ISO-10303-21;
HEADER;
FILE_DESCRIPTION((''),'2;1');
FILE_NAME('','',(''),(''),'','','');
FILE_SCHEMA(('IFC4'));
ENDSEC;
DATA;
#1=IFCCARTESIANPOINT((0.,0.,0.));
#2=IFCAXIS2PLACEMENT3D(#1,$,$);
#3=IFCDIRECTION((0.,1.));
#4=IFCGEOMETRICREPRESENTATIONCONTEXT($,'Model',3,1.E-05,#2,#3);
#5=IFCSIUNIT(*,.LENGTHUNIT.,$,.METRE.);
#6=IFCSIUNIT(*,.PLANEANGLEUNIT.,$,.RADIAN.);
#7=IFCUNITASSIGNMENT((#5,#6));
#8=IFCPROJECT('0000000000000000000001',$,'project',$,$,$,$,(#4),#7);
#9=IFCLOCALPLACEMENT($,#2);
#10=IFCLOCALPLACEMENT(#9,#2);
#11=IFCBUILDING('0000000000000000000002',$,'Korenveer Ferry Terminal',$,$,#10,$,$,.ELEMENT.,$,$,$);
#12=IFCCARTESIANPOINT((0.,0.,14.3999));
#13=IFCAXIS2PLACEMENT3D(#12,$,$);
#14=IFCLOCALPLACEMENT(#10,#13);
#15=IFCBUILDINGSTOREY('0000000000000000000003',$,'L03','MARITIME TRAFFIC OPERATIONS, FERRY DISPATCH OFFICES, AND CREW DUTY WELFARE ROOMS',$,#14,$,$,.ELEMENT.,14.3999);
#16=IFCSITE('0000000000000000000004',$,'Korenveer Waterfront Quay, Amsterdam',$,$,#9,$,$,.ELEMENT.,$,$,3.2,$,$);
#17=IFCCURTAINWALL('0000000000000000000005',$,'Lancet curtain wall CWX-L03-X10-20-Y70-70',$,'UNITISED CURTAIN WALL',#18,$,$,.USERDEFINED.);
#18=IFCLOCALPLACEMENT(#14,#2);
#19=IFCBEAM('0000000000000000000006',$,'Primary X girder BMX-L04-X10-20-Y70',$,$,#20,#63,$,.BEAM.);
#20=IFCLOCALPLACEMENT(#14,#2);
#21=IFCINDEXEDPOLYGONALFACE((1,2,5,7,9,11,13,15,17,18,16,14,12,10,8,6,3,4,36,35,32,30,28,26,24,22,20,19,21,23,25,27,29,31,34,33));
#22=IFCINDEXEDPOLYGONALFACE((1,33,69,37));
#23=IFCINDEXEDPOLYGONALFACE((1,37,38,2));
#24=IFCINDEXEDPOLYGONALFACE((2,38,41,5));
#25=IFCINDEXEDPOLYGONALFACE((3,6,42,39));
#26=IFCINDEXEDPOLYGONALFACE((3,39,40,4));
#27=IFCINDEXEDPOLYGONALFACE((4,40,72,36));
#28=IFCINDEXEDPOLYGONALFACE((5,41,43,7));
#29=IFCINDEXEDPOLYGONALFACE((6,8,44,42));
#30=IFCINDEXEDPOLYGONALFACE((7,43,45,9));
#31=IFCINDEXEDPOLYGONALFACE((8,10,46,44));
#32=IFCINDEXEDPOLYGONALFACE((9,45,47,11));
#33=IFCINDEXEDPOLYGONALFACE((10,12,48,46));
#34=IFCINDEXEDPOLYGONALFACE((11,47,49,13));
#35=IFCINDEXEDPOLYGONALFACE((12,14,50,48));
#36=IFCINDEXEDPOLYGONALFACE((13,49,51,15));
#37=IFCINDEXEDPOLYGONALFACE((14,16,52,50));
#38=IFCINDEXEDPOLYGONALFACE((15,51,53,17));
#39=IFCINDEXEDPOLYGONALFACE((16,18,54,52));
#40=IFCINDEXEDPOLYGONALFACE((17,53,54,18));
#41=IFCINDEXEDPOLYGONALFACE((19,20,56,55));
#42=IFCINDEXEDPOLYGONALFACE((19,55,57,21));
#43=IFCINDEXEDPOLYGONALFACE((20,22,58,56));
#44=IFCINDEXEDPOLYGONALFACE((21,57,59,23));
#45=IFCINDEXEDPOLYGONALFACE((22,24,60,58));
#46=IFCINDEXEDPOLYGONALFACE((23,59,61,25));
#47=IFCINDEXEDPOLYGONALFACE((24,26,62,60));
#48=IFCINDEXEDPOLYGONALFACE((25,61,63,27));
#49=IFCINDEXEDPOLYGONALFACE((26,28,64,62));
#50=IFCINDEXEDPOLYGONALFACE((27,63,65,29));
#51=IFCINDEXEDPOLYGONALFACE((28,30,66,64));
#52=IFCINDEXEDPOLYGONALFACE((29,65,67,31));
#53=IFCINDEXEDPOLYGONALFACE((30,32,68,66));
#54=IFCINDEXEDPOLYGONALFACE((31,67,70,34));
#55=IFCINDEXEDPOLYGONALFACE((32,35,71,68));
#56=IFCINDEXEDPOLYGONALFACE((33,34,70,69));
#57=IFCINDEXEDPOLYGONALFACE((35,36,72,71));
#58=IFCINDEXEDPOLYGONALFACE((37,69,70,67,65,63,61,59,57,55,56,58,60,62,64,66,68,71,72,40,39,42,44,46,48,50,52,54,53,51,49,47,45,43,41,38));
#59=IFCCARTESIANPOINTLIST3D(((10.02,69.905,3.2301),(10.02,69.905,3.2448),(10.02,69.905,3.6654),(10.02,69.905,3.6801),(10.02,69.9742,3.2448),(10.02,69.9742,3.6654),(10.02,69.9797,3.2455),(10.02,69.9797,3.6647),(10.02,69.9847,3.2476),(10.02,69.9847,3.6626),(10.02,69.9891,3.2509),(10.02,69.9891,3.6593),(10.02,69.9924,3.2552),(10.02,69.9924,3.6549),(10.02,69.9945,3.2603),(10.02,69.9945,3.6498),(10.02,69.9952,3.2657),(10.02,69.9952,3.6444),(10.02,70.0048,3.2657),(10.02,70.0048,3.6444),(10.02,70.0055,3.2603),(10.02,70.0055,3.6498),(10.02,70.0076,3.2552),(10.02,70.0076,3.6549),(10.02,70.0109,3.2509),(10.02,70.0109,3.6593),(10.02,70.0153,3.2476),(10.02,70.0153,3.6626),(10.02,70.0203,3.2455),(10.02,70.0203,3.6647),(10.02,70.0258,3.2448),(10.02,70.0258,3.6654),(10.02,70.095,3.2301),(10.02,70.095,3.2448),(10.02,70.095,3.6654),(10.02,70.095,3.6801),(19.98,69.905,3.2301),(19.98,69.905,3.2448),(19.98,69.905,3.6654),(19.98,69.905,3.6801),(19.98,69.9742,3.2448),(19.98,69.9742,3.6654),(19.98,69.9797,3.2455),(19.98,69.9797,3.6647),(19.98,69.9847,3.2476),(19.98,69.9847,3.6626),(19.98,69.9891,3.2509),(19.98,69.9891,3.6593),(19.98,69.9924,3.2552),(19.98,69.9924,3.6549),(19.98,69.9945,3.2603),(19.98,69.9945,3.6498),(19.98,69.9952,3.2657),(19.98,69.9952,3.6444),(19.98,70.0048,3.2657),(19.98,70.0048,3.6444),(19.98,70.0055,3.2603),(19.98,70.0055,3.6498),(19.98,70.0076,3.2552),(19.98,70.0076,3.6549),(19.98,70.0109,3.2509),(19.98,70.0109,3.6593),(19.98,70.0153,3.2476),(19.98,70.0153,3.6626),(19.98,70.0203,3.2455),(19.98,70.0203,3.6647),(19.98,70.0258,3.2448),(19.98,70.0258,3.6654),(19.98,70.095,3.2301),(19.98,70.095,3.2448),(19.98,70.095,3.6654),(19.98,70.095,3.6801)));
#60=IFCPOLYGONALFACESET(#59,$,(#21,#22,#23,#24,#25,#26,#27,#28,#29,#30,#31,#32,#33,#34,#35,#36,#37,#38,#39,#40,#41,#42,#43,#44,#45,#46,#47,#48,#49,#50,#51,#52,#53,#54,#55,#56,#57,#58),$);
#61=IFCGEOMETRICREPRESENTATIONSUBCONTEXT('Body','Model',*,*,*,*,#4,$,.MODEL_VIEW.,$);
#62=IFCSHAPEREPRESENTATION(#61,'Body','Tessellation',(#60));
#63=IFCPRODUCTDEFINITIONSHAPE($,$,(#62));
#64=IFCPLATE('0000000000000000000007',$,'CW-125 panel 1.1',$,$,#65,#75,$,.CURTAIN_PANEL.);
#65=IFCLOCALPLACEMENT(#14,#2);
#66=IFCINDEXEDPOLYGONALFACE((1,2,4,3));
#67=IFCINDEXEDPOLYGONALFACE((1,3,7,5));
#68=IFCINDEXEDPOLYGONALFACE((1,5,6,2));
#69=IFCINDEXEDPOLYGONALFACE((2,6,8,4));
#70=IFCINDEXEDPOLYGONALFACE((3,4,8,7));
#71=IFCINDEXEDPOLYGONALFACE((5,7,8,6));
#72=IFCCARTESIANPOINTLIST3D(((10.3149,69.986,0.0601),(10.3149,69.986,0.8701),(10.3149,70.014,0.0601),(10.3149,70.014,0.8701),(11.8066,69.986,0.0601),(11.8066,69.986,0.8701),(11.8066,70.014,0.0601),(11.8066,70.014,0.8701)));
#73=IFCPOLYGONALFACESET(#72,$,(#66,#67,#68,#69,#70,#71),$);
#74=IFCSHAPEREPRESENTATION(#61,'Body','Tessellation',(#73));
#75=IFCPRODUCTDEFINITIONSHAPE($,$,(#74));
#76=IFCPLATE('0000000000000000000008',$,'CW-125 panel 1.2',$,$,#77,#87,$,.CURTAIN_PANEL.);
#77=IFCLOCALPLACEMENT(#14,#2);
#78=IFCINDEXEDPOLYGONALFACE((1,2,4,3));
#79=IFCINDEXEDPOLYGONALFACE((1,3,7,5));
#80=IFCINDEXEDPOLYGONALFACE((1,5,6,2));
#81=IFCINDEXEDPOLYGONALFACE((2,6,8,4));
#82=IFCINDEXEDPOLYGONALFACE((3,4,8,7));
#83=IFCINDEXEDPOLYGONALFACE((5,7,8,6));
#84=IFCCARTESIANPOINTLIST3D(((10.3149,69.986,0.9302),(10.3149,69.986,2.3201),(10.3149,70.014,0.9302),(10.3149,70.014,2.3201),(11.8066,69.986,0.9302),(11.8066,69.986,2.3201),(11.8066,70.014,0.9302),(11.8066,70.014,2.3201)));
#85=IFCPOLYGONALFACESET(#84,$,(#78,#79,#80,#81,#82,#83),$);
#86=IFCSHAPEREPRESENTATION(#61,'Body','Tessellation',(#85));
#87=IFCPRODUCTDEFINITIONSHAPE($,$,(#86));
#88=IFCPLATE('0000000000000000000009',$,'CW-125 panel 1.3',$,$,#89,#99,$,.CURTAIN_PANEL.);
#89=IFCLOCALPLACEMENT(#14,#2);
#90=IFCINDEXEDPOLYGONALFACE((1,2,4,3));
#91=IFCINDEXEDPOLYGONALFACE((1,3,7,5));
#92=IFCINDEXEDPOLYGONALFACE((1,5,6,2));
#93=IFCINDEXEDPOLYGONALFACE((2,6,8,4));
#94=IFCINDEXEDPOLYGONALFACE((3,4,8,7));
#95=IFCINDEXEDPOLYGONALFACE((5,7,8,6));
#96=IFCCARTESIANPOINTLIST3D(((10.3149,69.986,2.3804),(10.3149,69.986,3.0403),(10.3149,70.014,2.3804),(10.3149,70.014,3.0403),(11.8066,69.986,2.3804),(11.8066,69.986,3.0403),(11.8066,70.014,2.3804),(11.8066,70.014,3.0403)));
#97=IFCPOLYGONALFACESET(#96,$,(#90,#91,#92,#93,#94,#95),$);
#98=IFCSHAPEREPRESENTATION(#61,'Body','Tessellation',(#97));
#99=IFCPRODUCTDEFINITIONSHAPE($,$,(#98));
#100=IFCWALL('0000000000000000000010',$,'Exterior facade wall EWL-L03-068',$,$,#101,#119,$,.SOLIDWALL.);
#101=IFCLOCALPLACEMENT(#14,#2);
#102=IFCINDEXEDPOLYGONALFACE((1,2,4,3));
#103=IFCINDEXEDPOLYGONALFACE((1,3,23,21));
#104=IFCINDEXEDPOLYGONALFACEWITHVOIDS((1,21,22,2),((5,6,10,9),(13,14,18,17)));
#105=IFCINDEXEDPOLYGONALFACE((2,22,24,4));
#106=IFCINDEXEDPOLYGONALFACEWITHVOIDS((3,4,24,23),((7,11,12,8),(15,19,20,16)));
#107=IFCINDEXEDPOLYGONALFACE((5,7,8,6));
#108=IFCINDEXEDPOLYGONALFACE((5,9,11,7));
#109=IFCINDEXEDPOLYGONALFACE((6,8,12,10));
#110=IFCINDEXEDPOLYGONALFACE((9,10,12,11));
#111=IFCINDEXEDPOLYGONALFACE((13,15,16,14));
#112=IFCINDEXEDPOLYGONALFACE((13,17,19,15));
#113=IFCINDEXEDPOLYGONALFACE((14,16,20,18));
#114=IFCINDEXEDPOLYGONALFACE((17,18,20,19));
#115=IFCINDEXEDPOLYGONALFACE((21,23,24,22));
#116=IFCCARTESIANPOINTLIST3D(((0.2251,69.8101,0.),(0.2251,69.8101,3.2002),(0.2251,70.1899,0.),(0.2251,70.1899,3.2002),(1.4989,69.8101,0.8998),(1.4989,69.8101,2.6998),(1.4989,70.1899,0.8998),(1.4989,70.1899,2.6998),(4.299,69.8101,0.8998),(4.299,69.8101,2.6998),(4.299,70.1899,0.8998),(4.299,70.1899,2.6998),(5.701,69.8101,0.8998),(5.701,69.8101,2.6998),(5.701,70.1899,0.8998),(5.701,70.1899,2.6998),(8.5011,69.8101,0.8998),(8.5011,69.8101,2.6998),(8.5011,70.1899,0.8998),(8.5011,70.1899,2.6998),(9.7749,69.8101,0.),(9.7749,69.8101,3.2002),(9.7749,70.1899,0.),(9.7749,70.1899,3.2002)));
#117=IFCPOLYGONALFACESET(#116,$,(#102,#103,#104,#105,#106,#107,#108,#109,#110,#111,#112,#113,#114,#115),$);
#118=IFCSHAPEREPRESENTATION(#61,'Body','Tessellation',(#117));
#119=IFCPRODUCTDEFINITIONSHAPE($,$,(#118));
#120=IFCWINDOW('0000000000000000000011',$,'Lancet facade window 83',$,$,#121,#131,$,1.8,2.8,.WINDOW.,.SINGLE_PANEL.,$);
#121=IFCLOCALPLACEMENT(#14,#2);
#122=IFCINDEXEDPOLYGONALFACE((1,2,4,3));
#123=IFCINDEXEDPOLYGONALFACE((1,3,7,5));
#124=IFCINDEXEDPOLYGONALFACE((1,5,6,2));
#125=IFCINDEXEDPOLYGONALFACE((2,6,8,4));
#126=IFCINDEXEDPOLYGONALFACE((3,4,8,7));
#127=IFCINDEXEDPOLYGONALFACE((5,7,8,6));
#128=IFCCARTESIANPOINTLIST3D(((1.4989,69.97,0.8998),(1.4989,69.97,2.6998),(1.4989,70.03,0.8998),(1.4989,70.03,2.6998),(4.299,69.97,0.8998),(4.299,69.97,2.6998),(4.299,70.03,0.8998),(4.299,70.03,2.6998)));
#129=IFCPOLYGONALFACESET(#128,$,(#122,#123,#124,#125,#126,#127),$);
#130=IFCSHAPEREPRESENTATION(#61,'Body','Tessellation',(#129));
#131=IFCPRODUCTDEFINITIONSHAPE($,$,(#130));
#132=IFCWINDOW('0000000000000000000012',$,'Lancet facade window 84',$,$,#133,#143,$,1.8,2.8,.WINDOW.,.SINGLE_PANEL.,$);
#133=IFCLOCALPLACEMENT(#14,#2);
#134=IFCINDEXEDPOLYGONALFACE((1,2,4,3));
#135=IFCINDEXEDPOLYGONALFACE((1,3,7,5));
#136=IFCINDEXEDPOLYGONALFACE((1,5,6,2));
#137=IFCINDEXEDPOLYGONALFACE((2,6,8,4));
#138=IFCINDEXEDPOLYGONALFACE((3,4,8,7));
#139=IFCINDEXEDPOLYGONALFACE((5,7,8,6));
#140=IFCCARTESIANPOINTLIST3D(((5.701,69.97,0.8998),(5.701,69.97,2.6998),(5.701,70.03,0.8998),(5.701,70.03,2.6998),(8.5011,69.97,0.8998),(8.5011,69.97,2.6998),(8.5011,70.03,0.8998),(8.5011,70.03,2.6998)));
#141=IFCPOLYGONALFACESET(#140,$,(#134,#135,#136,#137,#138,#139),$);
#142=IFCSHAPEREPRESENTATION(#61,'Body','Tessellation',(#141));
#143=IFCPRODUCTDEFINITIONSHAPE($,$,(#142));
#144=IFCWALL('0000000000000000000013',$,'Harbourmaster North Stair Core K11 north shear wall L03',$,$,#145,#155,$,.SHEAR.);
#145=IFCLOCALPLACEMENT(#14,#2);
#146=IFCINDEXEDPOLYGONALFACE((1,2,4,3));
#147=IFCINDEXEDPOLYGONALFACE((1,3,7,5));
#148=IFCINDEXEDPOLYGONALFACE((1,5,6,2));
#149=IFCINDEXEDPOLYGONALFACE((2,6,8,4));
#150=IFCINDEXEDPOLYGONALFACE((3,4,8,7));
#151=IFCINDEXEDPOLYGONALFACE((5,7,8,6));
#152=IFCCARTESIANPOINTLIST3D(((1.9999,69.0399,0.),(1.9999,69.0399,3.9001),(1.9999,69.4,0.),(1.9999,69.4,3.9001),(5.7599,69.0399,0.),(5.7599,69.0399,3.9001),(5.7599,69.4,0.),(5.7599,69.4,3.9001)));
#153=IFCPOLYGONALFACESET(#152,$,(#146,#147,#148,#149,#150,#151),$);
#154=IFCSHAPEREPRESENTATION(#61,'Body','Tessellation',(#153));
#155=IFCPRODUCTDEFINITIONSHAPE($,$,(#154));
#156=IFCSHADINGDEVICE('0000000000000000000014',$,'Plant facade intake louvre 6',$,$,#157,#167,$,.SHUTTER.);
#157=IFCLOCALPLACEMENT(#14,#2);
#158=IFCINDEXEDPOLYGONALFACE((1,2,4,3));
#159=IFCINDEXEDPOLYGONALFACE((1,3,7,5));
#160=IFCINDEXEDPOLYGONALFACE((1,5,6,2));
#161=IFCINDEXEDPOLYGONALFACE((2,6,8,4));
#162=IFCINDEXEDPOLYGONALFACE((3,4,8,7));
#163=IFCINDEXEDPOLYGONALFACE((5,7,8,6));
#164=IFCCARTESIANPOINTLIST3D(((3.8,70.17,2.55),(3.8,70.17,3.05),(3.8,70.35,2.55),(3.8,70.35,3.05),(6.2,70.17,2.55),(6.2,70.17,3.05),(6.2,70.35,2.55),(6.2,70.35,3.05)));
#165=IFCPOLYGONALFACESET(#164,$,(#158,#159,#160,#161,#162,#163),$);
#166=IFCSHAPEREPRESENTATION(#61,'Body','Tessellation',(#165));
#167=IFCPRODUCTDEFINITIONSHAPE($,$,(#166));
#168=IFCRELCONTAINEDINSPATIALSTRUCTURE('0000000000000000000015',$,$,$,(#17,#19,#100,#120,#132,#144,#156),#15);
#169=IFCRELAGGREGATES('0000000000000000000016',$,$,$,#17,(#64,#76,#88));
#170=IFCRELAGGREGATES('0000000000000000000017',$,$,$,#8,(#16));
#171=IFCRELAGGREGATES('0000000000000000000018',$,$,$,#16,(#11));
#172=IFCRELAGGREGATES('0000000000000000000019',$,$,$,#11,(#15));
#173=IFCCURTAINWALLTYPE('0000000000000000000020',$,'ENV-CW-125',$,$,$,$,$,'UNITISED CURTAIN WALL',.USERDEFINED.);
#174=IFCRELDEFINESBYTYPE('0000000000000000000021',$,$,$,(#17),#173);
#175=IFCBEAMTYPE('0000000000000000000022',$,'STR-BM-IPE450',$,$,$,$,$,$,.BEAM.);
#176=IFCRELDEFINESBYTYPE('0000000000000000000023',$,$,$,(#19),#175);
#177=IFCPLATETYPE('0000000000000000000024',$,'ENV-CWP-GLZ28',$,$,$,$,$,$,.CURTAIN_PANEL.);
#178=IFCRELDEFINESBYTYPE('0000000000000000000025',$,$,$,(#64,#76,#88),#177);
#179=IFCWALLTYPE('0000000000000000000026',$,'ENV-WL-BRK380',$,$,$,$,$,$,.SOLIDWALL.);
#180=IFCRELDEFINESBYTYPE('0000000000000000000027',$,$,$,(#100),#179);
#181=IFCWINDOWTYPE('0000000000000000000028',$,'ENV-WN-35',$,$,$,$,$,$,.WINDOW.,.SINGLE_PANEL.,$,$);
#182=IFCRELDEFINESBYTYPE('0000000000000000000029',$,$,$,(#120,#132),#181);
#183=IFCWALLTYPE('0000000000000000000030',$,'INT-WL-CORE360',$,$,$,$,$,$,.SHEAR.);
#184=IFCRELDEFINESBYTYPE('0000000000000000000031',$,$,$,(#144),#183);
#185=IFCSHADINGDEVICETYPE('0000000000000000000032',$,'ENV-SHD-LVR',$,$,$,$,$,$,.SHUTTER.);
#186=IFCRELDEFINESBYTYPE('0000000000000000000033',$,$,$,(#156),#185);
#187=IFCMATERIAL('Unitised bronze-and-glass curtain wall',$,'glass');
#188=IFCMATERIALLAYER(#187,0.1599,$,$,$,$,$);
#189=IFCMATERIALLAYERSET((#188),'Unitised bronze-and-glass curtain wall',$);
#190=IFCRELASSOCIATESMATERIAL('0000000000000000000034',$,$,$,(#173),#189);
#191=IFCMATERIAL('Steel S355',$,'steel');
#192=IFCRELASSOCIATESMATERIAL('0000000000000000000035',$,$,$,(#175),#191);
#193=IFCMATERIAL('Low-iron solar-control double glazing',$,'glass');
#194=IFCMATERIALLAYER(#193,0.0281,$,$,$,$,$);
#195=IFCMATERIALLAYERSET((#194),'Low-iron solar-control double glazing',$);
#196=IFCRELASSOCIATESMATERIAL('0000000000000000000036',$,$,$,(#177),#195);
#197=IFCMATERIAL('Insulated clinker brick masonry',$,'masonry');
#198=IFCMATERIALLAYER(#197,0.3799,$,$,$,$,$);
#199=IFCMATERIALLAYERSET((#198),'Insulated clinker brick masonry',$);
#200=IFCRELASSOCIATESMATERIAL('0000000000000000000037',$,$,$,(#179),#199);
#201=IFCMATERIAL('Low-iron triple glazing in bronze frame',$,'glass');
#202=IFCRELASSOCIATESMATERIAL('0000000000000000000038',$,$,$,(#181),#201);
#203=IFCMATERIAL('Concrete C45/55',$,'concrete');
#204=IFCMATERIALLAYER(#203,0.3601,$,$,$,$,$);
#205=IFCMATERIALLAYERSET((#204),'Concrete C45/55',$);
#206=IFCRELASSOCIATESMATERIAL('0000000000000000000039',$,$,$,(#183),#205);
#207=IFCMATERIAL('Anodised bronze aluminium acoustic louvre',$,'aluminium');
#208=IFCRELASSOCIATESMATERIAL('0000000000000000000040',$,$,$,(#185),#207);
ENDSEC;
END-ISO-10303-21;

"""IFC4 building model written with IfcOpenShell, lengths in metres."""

from ifc_helpers import new_model, si_unit, direction, frame, frame_2d, origin, origin_2d, place, context, subcontext, project, spatial, rectangle, i_section, extrude, material, layer, layer_set, material_profile, profile_set, type_object, element, fill, aggregate, save


model = new_model("IFC4")

# Units and contexts
model_context = context("Model", 3, precision=1e-05, world=origin(), true_north=direction((0.0, 1.0)))
body_context = subcontext(model_context, "Body", "Model", "MODEL_VIEW")
ifc_project = project(units=[si_unit("LENGTHUNIT", "METRE"), si_unit("PLANEANGLEUNIT", "RADIAN")], contexts=[model_context])

# Site, building, storey
site_placement = place(None, origin())
site = spatial("IfcSite", under=ifc_project, at=site_placement, Name="Korenveer Waterfront Quay, Amsterdam", CompositionType="ELEMENT", RefElevation=3.2)
building_placement = place(site_placement, origin())
building = spatial("IfcBuilding", under=site, at=building_placement, Name="Korenveer Ferry Terminal", CompositionType="ELEMENT")
storey_placement = place(building_placement, frame((0.0, 0.0, 14.3999)))
storey = spatial("IfcBuildingStorey", under=building, at=storey_placement, Name="L03", Description="MARITIME TRAFFIC OPERATIONS, FERRY DISPATCH OFFICES, AND CREW DUTY WELFARE ROOMS", CompositionType="ELEMENT", Elevation=14.3999)

# Shared definitions
ifc_material_1 = material(Name="Concrete C45/55", Category="concrete")

# Curtain wall
ifc_material_2 = material(Name="Unitised bronze-and-glass curtain wall", Category="glass")
ifc_layer_1 = layer(ifc_material_2, 0.1599)
ifc_layer_set_1 = layer_set([ifc_layer_1], Name="Unitised bronze-and-glass curtain wall")
curtain_wall_type_1 = type_object("IfcCurtainWallType", Name="ENV-CW-125", ElementType="UNITISED CURTAIN WALL", PredefinedType="USERDEFINED", material=ifc_layer_set_1)
curtain_wall_1_placement = place(storey_placement, frame((10.2549, 70.0, 0.0)))
curtain_wall_1 = element("IfcCurtainWall", 1, at=curtain_wall_1_placement, inside=storey, type_object=curtain_wall_type_1, Name="Lancet curtain wall CWX-L03-X10-20-Y70-70", ObjectType="UNITISED CURTAIN WALL", PredefinedType="USERDEFINED")

# Beam
ifc_material_3 = material(Name="Steel S355", Category="steel")
ifc_material_profile_1 = material_profile(ifc_material_3, i_section(OverallWidth=0.1899, OverallDepth=0.45, WebThickness=0.0095, FlangeThickness=0.0146, FilletRadius=0.021, at=origin_2d()), Name="IPE 450")
ifc_profile_set_1 = profile_set([ifc_material_profile_1], Name="Steel S355")
beam_type = type_object("IfcBeamType", Name="STR-BM-IPE450", PredefinedType="BEAM", material=ifc_profile_set_1)
for number, where, z_axis, x_axis, name in (
    (2, (10.02, 70.0, 3.4551), (1.0, 0.0, 0.0), (0.0, 1.0, 0.0), "Primary X girder BMX-L04-X10-20-Y70"),
):
    element("IfcBeam", number, at=place(storey_placement, frame(where, z_axis=z_axis, x_axis=x_axis)), inside=storey, type_object=beam_type, Name=name, PredefinedType="BEAM", context=body_context, shape_type="SweptSolid", body=[
        extrude(i_section(OverallWidth=0.1899, OverallDepth=0.45, WebThickness=0.0095, FlangeThickness=0.0146, FilletRadius=0.021, at=origin_2d()), origin(), (0.0, 0.0, 1.0), 9.96),
    ])

# Plates
ifc_material_4 = material(Name="Low-iron solar-control double glazing", Category="glass")
ifc_layer_2 = layer(ifc_material_4, 0.0281)
ifc_layer_set_2 = layer_set([ifc_layer_2], Name="Low-iron solar-control double glazing")
plate_type = type_object("IfcPlateType", Name="ENV-CWP-GLZ28", PredefinedType="CURTAIN_PANEL", material=ifc_layer_set_2)
plate_1_placement = place(storey_placement, frame((11.0608, 70.0, 0.0601), z_axis=(0.0, 0.0, 1.0), x_axis=(1.0, 0.0, 0.0)))
plate_1 = element("IfcPlate", 3, at=plate_1_placement, type_object=plate_type, Name="CW-125 panel 1.1", PredefinedType="CURTAIN_PANEL", context=body_context, shape_type="SweptSolid", body=[
    extrude(rectangle(XDim=1.4917, YDim=0.0281, at=origin_2d()), origin(), (0.0, 0.0, 1.0), 0.8101),
])
plate_2_placement = place(storey_placement, frame((11.0608, 70.0, 0.9302), z_axis=(0.0, 0.0, 1.0), x_axis=(1.0, 0.0, 0.0)))
plate_2 = element("IfcPlate", 4, at=plate_2_placement, type_object=plate_type, Name="CW-125 panel 1.2", PredefinedType="CURTAIN_PANEL", context=body_context, shape_type="SweptSolid", body=[
    extrude(rectangle(XDim=1.4917, YDim=0.0281, at=origin_2d()), origin(), (0.0, 0.0, 1.0), 1.3899),
])
plate_3_placement = place(storey_placement, frame((11.0608, 70.0, 2.3804), z_axis=(0.0, 0.0, 1.0), x_axis=(1.0, 0.0, 0.0)))
plate_3 = element("IfcPlate", 5, at=plate_3_placement, type_object=plate_type, Name="CW-125 panel 1.3", PredefinedType="CURTAIN_PANEL", context=body_context, shape_type="SweptSolid", body=[
    extrude(rectangle(XDim=1.4917, YDim=0.0281, at=origin_2d()), origin(), (0.0, 0.0, 1.0), 0.6599),
])
aggregate(curtain_wall_1, [plate_1, plate_2, plate_3])

# Wall, openings, windows
ifc_material_5 = material(Name="Insulated clinker brick masonry", Category="masonry")
ifc_layer_3 = layer(ifc_material_5, 0.3799)
ifc_layer_set_3 = layer_set([ifc_layer_3], Name="Insulated clinker brick masonry")
wall_type_1 = type_object("IfcWallType", Name="ENV-WL-BRK380", PredefinedType="SOLIDWALL", material=ifc_layer_set_3)
wall_1_placement = place(storey_placement, frame((0.2251, 70.0, 0.0), z_axis=(0.0, 0.0, 1.0), x_axis=(1.0, 0.0, 0.0)))
wall_1 = element("IfcWall", 6, at=wall_1_placement, inside=storey, type_object=wall_type_1, Name="Exterior facade wall EWL-L03-068", PredefinedType="SOLIDWALL", context=body_context, shape_type="SweptSolid", body=[
    extrude(rectangle(XDim=9.5498, YDim=0.3799, at=frame_2d((4.7749, 0.0))), origin(), (0.0, 0.0, 1.0), 3.2002),
])
opening_1_placement = place(wall_1_placement, frame((1.2739, 0.0, 0.8999)))
opening_1 = element("IfcOpeningElement", 7, at=opening_1_placement, cuts=wall_1, PredefinedType="OPENING", context=body_context, shape_type="SweptSolid", body=[
    extrude(rectangle(XDim=2.8, YDim=1.8, at=frame_2d((1.3999, 0.8999))), frame((0.0, 0.2, 0.0), z_axis=(0.0, -1.0, 0.0), x_axis=(1.0, 0.0, 0.0)), (0.0, 0.0, 1.0), 0.3999),
])
opening_2_placement = place(wall_1_placement, frame((5.4761, 0.0, 0.8999)))
opening_2 = element("IfcOpeningElement", 8, at=opening_2_placement, cuts=wall_1, PredefinedType="OPENING", context=body_context, shape_type="SweptSolid", body=[
    extrude(rectangle(XDim=2.8, YDim=1.8, at=frame_2d((1.3999, 0.8999))), frame((0.0, 0.2, 0.0), z_axis=(0.0, -1.0, 0.0), x_axis=(1.0, 0.0, 0.0)), (0.0, 0.0, 1.0), 0.3999),
])
ifc_material_6 = material(Name="Low-iron triple glazing in bronze frame", Category="glass")
window_type = type_object("IfcWindowType", Name="ENV-WN-35", PartitioningType="SINGLE_PANEL", PredefinedType="WINDOW", material=ifc_material_6)
window_1_placement = place(opening_1_placement, origin())
window_1 = element("IfcWindow", 9, at=window_1_placement, inside=storey, type_object=window_type, Name="Lancet facade window 83", OverallHeight=1.8, OverallWidth=2.8, PartitioningType="SINGLE_PANEL", PredefinedType="WINDOW", context=body_context, shape_type="SweptSolid", body=[
    extrude(rectangle(XDim=2.8, YDim=1.8, at=frame_2d((1.3999, 0.8999))), frame((0.0, 0.03, 0.0), z_axis=(0.0, -1.0, 0.0), x_axis=(1.0, 0.0, 0.0)), (0.0, 0.0, 1.0), 0.0601),
])
fill(opening_1, window_1)
window_2_placement = place(opening_2_placement, origin())
window_2 = element("IfcWindow", 10, at=window_2_placement, inside=storey, type_object=window_type, Name="Lancet facade window 84", OverallHeight=1.8, OverallWidth=2.8, PartitioningType="SINGLE_PANEL", PredefinedType="WINDOW", context=body_context, shape_type="SweptSolid", body=[
    extrude(rectangle(XDim=2.8, YDim=1.8, at=frame_2d((1.3999, 0.8999))), frame((0.0, 0.03, 0.0), z_axis=(0.0, -1.0, 0.0), x_axis=(1.0, 0.0, 0.0)), (0.0, 0.0, 1.0), 0.0601),
])
fill(opening_2, window_2)

# Wall
ifc_layer_4 = layer(ifc_material_1, 0.3601)
ifc_layer_set_4 = layer_set([ifc_layer_4], Name="Concrete C45/55")
wall_type_2 = type_object("IfcWallType", Name="INT-WL-CORE360", PredefinedType="SHEAR", material=ifc_layer_set_4)
wall_2_placement = place(storey_placement, frame((2.0, 69.22, 0.0), z_axis=(0.0, 0.0, 1.0), x_axis=(1.0, 0.0, 0.0)))
element("IfcWall", 11, at=wall_2_placement, inside=storey, type_object=wall_type_2, Name="Harbourmaster North Stair Core K11 north shear wall L03", PredefinedType="SHEAR", context=body_context, shape_type="SweptSolid", body=[
    extrude(rectangle(XDim=3.76, YDim=0.3601, at=frame_2d((1.8799, 0.0))), origin(), (0.0, 0.0, 1.0), 3.9001),
])

# Shading device
ifc_material_7 = material(Name="Anodised bronze aluminium acoustic louvre", Category="aluminium")
shading_device_type = type_object("IfcShadingDeviceType", Name="ENV-SHD-LVR", PredefinedType="SHUTTER", material=ifc_material_7)
shading_device_placement = place(storey_placement, frame((5.0, 70.26, 2.55), z_axis=(0.0, 0.0, 1.0), x_axis=(1.0, 0.0, 0.0)))
element("IfcShadingDevice", 12, at=shading_device_placement, inside=storey, type_object=shading_device_type, Name="Plant facade intake louvre 6", PredefinedType="SHUTTER", context=body_context, shape_type="SweptSolid", body=[
    extrude(rectangle(XDim=2.3999, YDim=0.1799, at=origin_2d()), origin(), (0.0, 0.0, 1.0), 0.5),
])

save(model, "model.ifc")
